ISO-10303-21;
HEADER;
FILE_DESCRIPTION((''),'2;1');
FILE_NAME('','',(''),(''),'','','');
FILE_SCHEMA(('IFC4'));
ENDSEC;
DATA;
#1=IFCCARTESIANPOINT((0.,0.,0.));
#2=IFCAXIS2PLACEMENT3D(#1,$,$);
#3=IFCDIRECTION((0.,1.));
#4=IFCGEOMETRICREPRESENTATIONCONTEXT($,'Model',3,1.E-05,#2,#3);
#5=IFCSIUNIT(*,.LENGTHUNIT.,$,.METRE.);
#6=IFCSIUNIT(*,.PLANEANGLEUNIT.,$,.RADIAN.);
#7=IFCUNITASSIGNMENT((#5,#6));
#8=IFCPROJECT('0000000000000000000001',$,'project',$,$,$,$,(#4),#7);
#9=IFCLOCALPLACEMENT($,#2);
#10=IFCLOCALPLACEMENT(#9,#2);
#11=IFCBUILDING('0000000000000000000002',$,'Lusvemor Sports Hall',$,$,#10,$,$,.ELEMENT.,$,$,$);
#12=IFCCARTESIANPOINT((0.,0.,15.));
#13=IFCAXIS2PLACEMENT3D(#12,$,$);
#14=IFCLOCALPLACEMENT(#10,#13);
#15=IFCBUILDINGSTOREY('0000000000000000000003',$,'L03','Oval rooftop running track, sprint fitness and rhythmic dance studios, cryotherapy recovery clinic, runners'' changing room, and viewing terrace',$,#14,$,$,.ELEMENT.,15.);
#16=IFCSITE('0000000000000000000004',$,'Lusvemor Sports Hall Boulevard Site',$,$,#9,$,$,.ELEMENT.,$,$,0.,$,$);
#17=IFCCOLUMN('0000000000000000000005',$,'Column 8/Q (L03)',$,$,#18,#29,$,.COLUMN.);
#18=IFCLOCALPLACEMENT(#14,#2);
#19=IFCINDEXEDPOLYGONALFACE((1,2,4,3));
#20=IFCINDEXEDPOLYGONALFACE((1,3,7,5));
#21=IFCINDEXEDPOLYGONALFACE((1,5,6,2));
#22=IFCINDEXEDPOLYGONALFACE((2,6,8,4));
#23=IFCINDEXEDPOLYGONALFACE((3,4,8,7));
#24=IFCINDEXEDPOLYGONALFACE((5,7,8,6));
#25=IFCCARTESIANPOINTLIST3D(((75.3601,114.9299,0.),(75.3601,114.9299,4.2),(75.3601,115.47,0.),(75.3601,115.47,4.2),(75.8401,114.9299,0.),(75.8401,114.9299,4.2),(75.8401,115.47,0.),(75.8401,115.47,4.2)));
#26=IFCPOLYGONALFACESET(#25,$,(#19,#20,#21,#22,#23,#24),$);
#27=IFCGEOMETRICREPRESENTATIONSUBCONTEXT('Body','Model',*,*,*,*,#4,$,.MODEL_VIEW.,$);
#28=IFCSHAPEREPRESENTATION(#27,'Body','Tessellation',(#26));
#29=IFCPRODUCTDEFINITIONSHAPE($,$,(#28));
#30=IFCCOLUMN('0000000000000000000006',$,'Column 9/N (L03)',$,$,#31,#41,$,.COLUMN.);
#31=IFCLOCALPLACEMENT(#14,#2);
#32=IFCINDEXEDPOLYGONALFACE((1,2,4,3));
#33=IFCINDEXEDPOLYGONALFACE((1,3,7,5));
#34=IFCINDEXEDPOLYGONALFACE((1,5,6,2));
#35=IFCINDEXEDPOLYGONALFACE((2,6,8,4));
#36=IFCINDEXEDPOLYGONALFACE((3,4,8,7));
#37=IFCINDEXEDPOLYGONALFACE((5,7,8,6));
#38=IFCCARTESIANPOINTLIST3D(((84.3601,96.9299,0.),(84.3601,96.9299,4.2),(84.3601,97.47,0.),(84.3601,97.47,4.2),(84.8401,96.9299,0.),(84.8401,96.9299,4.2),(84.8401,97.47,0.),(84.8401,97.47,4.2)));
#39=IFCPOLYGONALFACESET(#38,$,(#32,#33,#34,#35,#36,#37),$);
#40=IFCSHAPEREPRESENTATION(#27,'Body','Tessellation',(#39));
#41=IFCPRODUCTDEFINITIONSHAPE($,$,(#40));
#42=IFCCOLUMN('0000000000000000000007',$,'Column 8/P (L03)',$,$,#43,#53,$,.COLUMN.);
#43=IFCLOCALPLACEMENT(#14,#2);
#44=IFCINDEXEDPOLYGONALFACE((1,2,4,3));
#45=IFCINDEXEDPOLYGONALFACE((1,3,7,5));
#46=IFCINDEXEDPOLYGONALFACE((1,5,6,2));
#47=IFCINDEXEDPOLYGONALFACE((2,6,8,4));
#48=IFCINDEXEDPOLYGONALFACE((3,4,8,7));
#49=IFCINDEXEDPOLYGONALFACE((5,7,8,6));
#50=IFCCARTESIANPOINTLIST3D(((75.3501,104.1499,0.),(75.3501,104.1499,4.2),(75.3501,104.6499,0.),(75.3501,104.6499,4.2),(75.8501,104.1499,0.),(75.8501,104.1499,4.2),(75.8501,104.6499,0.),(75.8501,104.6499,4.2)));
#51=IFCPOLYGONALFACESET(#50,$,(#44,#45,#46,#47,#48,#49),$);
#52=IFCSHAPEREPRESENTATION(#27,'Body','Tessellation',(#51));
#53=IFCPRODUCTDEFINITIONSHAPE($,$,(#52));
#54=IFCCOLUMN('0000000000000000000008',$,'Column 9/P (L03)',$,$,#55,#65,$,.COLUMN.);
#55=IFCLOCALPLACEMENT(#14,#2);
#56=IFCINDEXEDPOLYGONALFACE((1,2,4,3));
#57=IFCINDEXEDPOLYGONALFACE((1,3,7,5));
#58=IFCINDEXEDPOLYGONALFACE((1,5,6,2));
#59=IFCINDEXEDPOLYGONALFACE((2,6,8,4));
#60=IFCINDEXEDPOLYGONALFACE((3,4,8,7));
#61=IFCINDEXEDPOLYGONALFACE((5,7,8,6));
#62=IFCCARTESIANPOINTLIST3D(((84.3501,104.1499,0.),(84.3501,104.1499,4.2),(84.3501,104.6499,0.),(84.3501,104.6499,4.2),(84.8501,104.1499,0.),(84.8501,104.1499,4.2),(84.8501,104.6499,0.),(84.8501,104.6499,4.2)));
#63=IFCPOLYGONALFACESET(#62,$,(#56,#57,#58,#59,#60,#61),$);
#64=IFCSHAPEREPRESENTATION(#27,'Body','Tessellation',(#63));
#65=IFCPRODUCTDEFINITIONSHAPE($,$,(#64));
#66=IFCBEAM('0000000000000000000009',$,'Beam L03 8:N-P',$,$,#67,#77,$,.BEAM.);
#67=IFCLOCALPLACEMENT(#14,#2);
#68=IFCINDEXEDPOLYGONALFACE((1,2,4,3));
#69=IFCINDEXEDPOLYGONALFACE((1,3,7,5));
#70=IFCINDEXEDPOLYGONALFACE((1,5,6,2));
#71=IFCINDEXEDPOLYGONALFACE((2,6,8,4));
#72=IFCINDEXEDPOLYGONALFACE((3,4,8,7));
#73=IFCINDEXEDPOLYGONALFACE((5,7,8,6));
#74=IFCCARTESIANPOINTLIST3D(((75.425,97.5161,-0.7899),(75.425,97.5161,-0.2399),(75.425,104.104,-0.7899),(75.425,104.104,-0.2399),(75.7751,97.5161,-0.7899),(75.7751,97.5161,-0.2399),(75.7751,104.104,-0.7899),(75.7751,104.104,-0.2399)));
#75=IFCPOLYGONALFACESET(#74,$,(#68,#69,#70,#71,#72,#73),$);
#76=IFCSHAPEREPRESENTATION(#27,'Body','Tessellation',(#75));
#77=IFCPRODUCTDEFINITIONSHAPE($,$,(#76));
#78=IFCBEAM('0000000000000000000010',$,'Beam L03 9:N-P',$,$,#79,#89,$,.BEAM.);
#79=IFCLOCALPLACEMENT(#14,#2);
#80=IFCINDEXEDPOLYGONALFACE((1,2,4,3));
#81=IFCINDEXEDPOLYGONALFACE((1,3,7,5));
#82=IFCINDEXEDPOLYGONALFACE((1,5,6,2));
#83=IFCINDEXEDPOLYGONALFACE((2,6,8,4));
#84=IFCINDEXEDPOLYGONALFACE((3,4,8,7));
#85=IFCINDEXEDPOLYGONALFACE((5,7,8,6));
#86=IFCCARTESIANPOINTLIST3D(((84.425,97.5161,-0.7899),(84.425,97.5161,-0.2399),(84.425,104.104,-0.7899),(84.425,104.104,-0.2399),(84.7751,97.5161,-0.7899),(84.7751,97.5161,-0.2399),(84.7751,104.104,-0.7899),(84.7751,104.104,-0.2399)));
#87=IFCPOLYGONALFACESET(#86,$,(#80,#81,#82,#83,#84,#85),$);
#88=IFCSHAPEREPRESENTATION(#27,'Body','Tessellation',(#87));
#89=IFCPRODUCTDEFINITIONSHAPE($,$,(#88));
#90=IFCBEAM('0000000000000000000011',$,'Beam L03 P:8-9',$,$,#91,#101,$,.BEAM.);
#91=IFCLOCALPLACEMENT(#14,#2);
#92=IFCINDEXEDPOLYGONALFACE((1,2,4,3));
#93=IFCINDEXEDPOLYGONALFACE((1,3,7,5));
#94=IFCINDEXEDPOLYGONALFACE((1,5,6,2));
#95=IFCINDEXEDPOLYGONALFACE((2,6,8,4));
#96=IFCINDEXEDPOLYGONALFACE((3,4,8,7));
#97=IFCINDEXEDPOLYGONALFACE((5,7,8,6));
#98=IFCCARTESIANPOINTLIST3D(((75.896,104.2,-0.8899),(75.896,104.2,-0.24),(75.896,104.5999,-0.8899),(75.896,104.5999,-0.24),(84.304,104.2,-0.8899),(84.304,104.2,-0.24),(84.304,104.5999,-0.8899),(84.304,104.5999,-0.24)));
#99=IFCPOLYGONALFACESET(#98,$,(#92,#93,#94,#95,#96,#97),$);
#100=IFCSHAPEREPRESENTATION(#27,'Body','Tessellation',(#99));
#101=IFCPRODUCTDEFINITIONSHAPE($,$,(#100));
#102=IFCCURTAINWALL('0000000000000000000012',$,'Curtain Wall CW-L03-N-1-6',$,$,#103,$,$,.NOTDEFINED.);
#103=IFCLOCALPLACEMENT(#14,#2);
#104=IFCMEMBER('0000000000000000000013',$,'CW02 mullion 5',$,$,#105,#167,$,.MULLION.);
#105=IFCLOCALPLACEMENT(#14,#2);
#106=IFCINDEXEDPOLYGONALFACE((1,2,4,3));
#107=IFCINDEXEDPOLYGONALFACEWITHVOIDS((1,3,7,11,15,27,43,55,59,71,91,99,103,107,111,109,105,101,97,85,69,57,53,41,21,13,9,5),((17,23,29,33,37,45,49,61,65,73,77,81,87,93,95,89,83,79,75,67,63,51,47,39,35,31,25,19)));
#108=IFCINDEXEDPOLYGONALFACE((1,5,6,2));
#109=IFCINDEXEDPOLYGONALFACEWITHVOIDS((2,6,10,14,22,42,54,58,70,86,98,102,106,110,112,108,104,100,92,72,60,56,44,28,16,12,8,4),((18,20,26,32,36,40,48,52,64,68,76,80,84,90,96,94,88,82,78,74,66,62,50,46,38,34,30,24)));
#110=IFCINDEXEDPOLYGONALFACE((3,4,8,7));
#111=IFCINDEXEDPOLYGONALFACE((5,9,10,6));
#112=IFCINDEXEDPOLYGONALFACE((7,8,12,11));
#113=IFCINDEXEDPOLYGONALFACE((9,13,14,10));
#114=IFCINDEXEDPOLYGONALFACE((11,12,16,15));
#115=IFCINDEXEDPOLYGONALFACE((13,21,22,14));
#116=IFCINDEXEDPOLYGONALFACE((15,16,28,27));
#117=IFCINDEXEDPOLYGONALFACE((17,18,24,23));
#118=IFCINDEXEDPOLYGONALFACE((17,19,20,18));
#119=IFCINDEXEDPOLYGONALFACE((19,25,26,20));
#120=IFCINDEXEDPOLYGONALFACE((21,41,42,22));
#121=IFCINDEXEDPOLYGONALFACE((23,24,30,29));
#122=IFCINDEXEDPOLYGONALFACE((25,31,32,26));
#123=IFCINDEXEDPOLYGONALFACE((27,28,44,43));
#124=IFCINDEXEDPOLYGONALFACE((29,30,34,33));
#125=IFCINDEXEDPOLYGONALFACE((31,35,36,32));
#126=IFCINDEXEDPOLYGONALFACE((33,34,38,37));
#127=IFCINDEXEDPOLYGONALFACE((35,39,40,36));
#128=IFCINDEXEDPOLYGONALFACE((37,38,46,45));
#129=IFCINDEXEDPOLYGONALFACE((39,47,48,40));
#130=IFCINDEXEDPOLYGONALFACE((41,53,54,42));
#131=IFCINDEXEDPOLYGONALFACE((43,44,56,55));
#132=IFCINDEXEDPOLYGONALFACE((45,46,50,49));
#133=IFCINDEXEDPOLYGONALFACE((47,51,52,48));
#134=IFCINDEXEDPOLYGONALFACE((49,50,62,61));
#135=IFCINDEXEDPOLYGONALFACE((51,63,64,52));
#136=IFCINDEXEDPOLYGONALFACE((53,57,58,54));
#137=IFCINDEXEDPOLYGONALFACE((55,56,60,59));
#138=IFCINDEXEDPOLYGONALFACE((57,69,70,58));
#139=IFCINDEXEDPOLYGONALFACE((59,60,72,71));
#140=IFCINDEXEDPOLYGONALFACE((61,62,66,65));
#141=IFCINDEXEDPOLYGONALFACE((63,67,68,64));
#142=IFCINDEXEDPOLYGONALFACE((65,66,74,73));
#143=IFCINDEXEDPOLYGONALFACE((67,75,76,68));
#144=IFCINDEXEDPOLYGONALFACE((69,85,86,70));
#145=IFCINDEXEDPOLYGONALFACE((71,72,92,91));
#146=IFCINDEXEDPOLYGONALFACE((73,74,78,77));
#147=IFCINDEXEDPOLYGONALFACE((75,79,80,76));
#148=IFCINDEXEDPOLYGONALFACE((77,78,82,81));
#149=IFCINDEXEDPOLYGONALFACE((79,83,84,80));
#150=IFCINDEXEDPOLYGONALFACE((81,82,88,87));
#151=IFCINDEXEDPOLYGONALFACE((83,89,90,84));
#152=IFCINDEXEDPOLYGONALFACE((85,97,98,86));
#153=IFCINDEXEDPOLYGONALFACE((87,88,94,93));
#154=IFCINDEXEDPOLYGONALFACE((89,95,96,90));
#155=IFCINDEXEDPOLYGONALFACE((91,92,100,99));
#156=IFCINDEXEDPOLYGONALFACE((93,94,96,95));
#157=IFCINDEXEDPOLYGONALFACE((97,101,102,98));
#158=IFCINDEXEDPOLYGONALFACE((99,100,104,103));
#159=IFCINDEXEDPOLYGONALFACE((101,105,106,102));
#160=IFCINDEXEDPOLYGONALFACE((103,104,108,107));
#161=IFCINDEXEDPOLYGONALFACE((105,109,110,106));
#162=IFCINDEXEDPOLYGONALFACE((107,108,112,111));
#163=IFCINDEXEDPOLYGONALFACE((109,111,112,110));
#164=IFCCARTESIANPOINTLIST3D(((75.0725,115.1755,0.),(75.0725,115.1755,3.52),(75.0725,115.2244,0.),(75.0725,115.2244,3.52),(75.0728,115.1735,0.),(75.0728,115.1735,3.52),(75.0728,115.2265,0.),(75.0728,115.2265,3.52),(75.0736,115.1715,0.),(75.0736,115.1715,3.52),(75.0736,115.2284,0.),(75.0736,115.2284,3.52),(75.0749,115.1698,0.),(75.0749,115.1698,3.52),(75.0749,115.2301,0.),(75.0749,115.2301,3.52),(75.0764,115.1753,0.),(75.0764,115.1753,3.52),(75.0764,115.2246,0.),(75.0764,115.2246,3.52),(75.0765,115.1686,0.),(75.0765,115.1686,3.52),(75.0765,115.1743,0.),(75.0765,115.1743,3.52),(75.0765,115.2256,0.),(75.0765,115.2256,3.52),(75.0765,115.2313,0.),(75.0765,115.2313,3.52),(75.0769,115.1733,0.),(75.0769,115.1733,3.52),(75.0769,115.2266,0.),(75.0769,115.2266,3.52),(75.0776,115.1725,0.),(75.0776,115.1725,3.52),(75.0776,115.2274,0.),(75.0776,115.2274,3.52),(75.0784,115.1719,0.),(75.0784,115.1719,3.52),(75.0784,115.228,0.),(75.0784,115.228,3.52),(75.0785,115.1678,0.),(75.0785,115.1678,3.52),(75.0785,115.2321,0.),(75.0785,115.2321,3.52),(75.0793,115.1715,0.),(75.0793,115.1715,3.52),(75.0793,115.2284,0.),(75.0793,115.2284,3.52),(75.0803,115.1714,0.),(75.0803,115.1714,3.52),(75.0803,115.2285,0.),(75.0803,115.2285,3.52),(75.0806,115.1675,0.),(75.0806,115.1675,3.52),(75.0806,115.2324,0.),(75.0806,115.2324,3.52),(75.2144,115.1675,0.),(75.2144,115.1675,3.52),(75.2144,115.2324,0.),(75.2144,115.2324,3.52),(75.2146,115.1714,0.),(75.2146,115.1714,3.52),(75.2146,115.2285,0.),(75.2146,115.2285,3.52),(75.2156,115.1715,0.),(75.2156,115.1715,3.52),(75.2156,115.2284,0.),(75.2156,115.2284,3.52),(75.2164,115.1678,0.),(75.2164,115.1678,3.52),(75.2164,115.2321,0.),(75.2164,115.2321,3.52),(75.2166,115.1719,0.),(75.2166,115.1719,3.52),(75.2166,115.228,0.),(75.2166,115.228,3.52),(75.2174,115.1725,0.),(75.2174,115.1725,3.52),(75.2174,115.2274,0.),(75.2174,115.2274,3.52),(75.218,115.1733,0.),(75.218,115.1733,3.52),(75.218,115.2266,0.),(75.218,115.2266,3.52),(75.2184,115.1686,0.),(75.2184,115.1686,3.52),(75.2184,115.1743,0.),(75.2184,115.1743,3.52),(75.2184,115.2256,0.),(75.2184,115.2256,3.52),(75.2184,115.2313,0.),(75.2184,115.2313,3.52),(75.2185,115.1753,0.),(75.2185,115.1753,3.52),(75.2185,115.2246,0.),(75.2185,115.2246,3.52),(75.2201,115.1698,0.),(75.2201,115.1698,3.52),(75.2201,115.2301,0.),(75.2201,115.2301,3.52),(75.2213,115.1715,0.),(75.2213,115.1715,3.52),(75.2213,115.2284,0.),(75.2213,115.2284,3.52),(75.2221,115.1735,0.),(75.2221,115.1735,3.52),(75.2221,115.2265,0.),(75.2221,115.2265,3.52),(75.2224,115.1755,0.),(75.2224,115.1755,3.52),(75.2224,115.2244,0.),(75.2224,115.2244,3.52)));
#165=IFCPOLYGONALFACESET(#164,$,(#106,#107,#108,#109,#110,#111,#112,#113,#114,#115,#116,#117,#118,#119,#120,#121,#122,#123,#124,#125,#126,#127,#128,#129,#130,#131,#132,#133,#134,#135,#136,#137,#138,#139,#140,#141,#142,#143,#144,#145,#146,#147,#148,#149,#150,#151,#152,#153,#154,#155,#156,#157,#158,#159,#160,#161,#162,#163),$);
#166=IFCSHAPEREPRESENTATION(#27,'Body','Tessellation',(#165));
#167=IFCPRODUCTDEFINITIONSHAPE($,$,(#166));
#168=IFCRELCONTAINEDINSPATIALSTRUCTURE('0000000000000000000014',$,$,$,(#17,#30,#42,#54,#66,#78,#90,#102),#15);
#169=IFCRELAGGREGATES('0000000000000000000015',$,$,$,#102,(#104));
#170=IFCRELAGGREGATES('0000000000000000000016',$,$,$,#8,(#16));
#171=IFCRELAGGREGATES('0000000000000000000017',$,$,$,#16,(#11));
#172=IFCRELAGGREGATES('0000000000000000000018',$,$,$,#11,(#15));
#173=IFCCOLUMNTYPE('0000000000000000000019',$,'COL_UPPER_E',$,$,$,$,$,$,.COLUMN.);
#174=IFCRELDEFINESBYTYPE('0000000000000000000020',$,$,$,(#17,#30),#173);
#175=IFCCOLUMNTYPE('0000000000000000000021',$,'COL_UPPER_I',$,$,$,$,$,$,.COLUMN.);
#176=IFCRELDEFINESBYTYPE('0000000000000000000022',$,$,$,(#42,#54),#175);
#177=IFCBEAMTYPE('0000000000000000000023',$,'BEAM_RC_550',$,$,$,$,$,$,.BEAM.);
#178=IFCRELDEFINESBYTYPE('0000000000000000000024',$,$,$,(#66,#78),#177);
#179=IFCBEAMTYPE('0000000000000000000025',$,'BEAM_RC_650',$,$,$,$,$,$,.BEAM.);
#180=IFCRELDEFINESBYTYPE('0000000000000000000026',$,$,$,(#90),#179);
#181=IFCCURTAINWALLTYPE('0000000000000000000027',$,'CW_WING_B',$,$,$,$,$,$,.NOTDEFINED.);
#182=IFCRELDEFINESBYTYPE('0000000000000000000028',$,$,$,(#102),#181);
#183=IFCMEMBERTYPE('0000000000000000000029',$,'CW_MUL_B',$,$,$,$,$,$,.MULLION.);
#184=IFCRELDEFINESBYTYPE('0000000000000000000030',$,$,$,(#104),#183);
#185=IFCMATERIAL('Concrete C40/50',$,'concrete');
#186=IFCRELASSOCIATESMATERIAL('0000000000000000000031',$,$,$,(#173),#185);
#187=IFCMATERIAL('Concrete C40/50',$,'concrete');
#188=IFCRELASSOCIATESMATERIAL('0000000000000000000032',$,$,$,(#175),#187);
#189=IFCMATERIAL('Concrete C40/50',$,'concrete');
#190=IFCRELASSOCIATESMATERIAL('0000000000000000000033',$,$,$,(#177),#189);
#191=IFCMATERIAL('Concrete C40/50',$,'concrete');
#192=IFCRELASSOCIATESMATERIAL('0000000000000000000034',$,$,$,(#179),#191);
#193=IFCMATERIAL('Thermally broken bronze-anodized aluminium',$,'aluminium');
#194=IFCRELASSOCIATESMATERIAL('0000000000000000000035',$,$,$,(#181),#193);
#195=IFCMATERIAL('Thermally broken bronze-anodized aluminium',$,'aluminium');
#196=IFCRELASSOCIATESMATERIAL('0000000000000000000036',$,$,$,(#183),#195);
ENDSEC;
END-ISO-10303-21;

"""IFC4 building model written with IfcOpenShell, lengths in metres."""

from ifc_helpers import new_model, si_unit, direction, frame, origin, origin_2d, place, context, subcontext, project, spatial, rectangle, hollow_rectangle, extrude, material, material_profile, profile_set, type_object, element, aggregate, save


model = new_model("IFC4")

# Units and contexts
model_context = context("Model", 3, precision=1e-05, world=origin(), true_north=direction((0.0, 1.0)))
body_context = subcontext(model_context, "Body", "Model", "MODEL_VIEW")
ifc_project = project(units=[si_unit("LENGTHUNIT", "METRE"), si_unit("PLANEANGLEUNIT", "RADIAN")], contexts=[model_context])

# Site, building, storey
site_placement = place(None, origin())
site = spatial("IfcSite", under=ifc_project, at=site_placement, Name="Lusvemor Sports Hall Boulevard Site", CompositionType="ELEMENT", RefElevation=0.0)
building_placement = place(site_placement, origin())
building = spatial("IfcBuilding", under=site, at=building_placement, Name="Lusvemor Sports Hall", CompositionType="ELEMENT")
storey_placement = place(building_placement, frame((0.0, 0.0, 15.0)))
storey = spatial("IfcBuildingStorey", under=building, at=storey_placement, Name="L03", Description="Oval rooftop running track, sprint fitness and rhythmic dance studios, cryotherapy recovery clinic, runners' changing room, and viewing terrace", CompositionType="ELEMENT", Elevation=15.0)

# Columns
ifc_material_1 = material(Name="Concrete C40/50", Category="concrete")
ifc_material_profile_1 = material_profile(ifc_material_1, rectangle(XDim=0.48, YDim=0.54, at=origin_2d()), Name="RC480x540")
ifc_profile_set_1 = profile_set([ifc_material_profile_1], Name="Concrete C40/50")
column_type_1 = type_object("IfcColumnType", Name="COL_UPPER_E", PredefinedType="COLUMN", material=ifc_profile_set_1)
for number, where, z_axis, x_axis, name in (
    (1, (75.6001, 115.2, 0.0), (0.0, 0.0, 1.0), (1.0, 0.0, 0.0), "Column 8/Q (L03)"),
    (2, (84.6001, 97.2, 0.0), (0.0, 0.0, 1.0), (1.0, 0.0, 0.0), "Column 9/N (L03)"),
):
    element("IfcColumn", number, at=place(storey_placement, frame(where, z_axis=z_axis, x_axis=x_axis)), inside=storey, type_object=column_type_1, Name=name, PredefinedType="COLUMN", context=body_context, shape_type="SweptSolid", body=[
        extrude(rectangle(XDim=0.48, YDim=0.54, at=origin_2d()), origin(), (0.0, 0.0, 1.0), 4.2),
    ])
ifc_material_2 = material(Name="Concrete C40/50", Category="concrete")
ifc_material_profile_2 = material_profile(ifc_material_2, rectangle(XDim=0.5, YDim=0.5, at=origin_2d()), Name="RC500x500")
ifc_profile_set_2 = profile_set([ifc_material_profile_2], Name="Concrete C40/50")
column_type_2 = type_object("IfcColumnType", Name="COL_UPPER_I", PredefinedType="COLUMN", material=ifc_profile_set_2)
for number, where, z_axis, x_axis, name in (
    (3, (75.6001, 104.3999, 0.0), (0.0, 0.0, 1.0), (1.0, 0.0, 0.0), "Column 8/P (L03)"),
    (4, (84.6001, 104.3999, 0.0), (0.0, 0.0, 1.0), (1.0, 0.0, 0.0), "Column 9/P (L03)"),
):
    element("IfcColumn", number, at=place(storey_placement, frame(where, z_axis=z_axis, x_axis=x_axis)), inside=storey, type_object=column_type_2, Name=name, PredefinedType="COLUMN", context=body_context, shape_type="SweptSolid", body=[
        extrude(rectangle(XDim=0.5, YDim=0.5, at=origin_2d()), origin(), (0.0, 0.0, 1.0), 4.2),
    ])

# Beams
ifc_material_3 = material(Name="Concrete C40/50", Category="concrete")
ifc_material_profile_3 = material_profile(ifc_material_3, rectangle(XDim=0.3501, YDim=0.55, at=origin_2d()), Name="RC350x550")
ifc_profile_set_3 = profile_set([ifc_material_profile_3], Name="Concrete C40/50")
beam_type_1 = type_object("IfcBeamType", Name="BEAM_RC_550", PredefinedType="BEAM", material=ifc_profile_set_3)
for number, where, z_axis, x_axis, name in (
    (5, (75.6001, 97.5161, -0.5149), (0.0, 1.0, 0.0), (-1.0, 0.0, 0.0), "Beam L03 8:N-P"),
    (6, (84.6001, 97.5161, -0.5149), (0.0, 1.0, 0.0), (-1.0, 0.0, 0.0), "Beam L03 9:N-P"),
):
    element("IfcBeam", number, at=place(storey_placement, frame(where, z_axis=z_axis, x_axis=x_axis)), inside=storey, type_object=beam_type_1, Name=name, PredefinedType="BEAM", context=body_context, shape_type="SweptSolid", body=[
        extrude(rectangle(XDim=0.3501, YDim=0.55, at=origin_2d()), origin(), (0.0, 0.0, 1.0), 6.5879),
    ])
ifc_material_4 = material(Name="Concrete C40/50", Category="concrete")
ifc_material_profile_4 = material_profile(ifc_material_4, rectangle(XDim=0.3999, YDim=0.6499, at=origin_2d()), Name="RC400x650")
ifc_profile_set_4 = profile_set([ifc_material_profile_4], Name="Concrete C40/50")
beam_type_2 = type_object("IfcBeamType", Name="BEAM_RC_650", PredefinedType="BEAM", material=ifc_profile_set_4)
beam_1_placement = place(storey_placement, frame((75.896, 104.3999, -0.5649), z_axis=(1.0, 0.0, 0.0), x_axis=(0.0, 1.0, 0.0)))
element("IfcBeam", 7, at=beam_1_placement, inside=storey, type_object=beam_type_2, Name="Beam L03 P:8-9", PredefinedType="BEAM", context=body_context, shape_type="SweptSolid", body=[
    extrude(rectangle(XDim=0.3999, YDim=0.6499, at=origin_2d()), origin(), (0.0, 0.0, 1.0), 8.408),
])

# Curtain wall, member
ifc_material_5 = material(Name="Thermally broken bronze-anodized aluminium", Category="aluminium")
curtain_wall_type = type_object("IfcCurtainWallType", Name="CW_WING_B", PredefinedType="NOTDEFINED", material=ifc_material_5)
curtain_wall_1_placement = place(storey_placement, origin())
curtain_wall_1 = element("IfcCurtainWall", 8, at=curtain_wall_1_placement, inside=storey, type_object=curtain_wall_type, Name="Curtain Wall CW-L03-N-1-6", PredefinedType="NOTDEFINED")
ifc_material_6 = material(Name="Thermally broken bronze-anodized aluminium", Category="aluminium")
ifc_material_profile_5 = material_profile(ifc_material_6, hollow_rectangle(XDim=0.0649, YDim=0.1499, WallThickness=0.0039, InnerFilletRadius=0.0039, OuterFilletRadius=0.0081, at=origin_2d()), Name="CWMUL150x65x4")
ifc_profile_set_5 = profile_set([ifc_material_profile_5], Name="Thermally broken bronze-anodized aluminium")
member_type_1 = type_object("IfcMemberType", Name="CW_MUL_B", PredefinedType="MULLION", material=ifc_profile_set_5)
member_1_placement = place(storey_placement, frame((75.1475, 115.2, 0.0), z_axis=(0.0, 0.0, 1.0), x_axis=(0.0, 1.0, 0.0)))
member_1 = element("IfcMember", 9, at=member_1_placement, type_object=member_type_1, Name="CW02 mullion 5", PredefinedType="MULLION", context=body_context, shape_type="SweptSolid", body=[
    extrude(hollow_rectangle(XDim=0.0649, YDim=0.1499, WallThickness=0.0039, InnerFilletRadius=0.0039, OuterFilletRadius=0.0081, at=origin_2d()), origin(), (0.0, 0.0, 1.0), 3.52),
])
aggregate(curtain_wall_1, [member_1])

save(model, "model.ifc")
